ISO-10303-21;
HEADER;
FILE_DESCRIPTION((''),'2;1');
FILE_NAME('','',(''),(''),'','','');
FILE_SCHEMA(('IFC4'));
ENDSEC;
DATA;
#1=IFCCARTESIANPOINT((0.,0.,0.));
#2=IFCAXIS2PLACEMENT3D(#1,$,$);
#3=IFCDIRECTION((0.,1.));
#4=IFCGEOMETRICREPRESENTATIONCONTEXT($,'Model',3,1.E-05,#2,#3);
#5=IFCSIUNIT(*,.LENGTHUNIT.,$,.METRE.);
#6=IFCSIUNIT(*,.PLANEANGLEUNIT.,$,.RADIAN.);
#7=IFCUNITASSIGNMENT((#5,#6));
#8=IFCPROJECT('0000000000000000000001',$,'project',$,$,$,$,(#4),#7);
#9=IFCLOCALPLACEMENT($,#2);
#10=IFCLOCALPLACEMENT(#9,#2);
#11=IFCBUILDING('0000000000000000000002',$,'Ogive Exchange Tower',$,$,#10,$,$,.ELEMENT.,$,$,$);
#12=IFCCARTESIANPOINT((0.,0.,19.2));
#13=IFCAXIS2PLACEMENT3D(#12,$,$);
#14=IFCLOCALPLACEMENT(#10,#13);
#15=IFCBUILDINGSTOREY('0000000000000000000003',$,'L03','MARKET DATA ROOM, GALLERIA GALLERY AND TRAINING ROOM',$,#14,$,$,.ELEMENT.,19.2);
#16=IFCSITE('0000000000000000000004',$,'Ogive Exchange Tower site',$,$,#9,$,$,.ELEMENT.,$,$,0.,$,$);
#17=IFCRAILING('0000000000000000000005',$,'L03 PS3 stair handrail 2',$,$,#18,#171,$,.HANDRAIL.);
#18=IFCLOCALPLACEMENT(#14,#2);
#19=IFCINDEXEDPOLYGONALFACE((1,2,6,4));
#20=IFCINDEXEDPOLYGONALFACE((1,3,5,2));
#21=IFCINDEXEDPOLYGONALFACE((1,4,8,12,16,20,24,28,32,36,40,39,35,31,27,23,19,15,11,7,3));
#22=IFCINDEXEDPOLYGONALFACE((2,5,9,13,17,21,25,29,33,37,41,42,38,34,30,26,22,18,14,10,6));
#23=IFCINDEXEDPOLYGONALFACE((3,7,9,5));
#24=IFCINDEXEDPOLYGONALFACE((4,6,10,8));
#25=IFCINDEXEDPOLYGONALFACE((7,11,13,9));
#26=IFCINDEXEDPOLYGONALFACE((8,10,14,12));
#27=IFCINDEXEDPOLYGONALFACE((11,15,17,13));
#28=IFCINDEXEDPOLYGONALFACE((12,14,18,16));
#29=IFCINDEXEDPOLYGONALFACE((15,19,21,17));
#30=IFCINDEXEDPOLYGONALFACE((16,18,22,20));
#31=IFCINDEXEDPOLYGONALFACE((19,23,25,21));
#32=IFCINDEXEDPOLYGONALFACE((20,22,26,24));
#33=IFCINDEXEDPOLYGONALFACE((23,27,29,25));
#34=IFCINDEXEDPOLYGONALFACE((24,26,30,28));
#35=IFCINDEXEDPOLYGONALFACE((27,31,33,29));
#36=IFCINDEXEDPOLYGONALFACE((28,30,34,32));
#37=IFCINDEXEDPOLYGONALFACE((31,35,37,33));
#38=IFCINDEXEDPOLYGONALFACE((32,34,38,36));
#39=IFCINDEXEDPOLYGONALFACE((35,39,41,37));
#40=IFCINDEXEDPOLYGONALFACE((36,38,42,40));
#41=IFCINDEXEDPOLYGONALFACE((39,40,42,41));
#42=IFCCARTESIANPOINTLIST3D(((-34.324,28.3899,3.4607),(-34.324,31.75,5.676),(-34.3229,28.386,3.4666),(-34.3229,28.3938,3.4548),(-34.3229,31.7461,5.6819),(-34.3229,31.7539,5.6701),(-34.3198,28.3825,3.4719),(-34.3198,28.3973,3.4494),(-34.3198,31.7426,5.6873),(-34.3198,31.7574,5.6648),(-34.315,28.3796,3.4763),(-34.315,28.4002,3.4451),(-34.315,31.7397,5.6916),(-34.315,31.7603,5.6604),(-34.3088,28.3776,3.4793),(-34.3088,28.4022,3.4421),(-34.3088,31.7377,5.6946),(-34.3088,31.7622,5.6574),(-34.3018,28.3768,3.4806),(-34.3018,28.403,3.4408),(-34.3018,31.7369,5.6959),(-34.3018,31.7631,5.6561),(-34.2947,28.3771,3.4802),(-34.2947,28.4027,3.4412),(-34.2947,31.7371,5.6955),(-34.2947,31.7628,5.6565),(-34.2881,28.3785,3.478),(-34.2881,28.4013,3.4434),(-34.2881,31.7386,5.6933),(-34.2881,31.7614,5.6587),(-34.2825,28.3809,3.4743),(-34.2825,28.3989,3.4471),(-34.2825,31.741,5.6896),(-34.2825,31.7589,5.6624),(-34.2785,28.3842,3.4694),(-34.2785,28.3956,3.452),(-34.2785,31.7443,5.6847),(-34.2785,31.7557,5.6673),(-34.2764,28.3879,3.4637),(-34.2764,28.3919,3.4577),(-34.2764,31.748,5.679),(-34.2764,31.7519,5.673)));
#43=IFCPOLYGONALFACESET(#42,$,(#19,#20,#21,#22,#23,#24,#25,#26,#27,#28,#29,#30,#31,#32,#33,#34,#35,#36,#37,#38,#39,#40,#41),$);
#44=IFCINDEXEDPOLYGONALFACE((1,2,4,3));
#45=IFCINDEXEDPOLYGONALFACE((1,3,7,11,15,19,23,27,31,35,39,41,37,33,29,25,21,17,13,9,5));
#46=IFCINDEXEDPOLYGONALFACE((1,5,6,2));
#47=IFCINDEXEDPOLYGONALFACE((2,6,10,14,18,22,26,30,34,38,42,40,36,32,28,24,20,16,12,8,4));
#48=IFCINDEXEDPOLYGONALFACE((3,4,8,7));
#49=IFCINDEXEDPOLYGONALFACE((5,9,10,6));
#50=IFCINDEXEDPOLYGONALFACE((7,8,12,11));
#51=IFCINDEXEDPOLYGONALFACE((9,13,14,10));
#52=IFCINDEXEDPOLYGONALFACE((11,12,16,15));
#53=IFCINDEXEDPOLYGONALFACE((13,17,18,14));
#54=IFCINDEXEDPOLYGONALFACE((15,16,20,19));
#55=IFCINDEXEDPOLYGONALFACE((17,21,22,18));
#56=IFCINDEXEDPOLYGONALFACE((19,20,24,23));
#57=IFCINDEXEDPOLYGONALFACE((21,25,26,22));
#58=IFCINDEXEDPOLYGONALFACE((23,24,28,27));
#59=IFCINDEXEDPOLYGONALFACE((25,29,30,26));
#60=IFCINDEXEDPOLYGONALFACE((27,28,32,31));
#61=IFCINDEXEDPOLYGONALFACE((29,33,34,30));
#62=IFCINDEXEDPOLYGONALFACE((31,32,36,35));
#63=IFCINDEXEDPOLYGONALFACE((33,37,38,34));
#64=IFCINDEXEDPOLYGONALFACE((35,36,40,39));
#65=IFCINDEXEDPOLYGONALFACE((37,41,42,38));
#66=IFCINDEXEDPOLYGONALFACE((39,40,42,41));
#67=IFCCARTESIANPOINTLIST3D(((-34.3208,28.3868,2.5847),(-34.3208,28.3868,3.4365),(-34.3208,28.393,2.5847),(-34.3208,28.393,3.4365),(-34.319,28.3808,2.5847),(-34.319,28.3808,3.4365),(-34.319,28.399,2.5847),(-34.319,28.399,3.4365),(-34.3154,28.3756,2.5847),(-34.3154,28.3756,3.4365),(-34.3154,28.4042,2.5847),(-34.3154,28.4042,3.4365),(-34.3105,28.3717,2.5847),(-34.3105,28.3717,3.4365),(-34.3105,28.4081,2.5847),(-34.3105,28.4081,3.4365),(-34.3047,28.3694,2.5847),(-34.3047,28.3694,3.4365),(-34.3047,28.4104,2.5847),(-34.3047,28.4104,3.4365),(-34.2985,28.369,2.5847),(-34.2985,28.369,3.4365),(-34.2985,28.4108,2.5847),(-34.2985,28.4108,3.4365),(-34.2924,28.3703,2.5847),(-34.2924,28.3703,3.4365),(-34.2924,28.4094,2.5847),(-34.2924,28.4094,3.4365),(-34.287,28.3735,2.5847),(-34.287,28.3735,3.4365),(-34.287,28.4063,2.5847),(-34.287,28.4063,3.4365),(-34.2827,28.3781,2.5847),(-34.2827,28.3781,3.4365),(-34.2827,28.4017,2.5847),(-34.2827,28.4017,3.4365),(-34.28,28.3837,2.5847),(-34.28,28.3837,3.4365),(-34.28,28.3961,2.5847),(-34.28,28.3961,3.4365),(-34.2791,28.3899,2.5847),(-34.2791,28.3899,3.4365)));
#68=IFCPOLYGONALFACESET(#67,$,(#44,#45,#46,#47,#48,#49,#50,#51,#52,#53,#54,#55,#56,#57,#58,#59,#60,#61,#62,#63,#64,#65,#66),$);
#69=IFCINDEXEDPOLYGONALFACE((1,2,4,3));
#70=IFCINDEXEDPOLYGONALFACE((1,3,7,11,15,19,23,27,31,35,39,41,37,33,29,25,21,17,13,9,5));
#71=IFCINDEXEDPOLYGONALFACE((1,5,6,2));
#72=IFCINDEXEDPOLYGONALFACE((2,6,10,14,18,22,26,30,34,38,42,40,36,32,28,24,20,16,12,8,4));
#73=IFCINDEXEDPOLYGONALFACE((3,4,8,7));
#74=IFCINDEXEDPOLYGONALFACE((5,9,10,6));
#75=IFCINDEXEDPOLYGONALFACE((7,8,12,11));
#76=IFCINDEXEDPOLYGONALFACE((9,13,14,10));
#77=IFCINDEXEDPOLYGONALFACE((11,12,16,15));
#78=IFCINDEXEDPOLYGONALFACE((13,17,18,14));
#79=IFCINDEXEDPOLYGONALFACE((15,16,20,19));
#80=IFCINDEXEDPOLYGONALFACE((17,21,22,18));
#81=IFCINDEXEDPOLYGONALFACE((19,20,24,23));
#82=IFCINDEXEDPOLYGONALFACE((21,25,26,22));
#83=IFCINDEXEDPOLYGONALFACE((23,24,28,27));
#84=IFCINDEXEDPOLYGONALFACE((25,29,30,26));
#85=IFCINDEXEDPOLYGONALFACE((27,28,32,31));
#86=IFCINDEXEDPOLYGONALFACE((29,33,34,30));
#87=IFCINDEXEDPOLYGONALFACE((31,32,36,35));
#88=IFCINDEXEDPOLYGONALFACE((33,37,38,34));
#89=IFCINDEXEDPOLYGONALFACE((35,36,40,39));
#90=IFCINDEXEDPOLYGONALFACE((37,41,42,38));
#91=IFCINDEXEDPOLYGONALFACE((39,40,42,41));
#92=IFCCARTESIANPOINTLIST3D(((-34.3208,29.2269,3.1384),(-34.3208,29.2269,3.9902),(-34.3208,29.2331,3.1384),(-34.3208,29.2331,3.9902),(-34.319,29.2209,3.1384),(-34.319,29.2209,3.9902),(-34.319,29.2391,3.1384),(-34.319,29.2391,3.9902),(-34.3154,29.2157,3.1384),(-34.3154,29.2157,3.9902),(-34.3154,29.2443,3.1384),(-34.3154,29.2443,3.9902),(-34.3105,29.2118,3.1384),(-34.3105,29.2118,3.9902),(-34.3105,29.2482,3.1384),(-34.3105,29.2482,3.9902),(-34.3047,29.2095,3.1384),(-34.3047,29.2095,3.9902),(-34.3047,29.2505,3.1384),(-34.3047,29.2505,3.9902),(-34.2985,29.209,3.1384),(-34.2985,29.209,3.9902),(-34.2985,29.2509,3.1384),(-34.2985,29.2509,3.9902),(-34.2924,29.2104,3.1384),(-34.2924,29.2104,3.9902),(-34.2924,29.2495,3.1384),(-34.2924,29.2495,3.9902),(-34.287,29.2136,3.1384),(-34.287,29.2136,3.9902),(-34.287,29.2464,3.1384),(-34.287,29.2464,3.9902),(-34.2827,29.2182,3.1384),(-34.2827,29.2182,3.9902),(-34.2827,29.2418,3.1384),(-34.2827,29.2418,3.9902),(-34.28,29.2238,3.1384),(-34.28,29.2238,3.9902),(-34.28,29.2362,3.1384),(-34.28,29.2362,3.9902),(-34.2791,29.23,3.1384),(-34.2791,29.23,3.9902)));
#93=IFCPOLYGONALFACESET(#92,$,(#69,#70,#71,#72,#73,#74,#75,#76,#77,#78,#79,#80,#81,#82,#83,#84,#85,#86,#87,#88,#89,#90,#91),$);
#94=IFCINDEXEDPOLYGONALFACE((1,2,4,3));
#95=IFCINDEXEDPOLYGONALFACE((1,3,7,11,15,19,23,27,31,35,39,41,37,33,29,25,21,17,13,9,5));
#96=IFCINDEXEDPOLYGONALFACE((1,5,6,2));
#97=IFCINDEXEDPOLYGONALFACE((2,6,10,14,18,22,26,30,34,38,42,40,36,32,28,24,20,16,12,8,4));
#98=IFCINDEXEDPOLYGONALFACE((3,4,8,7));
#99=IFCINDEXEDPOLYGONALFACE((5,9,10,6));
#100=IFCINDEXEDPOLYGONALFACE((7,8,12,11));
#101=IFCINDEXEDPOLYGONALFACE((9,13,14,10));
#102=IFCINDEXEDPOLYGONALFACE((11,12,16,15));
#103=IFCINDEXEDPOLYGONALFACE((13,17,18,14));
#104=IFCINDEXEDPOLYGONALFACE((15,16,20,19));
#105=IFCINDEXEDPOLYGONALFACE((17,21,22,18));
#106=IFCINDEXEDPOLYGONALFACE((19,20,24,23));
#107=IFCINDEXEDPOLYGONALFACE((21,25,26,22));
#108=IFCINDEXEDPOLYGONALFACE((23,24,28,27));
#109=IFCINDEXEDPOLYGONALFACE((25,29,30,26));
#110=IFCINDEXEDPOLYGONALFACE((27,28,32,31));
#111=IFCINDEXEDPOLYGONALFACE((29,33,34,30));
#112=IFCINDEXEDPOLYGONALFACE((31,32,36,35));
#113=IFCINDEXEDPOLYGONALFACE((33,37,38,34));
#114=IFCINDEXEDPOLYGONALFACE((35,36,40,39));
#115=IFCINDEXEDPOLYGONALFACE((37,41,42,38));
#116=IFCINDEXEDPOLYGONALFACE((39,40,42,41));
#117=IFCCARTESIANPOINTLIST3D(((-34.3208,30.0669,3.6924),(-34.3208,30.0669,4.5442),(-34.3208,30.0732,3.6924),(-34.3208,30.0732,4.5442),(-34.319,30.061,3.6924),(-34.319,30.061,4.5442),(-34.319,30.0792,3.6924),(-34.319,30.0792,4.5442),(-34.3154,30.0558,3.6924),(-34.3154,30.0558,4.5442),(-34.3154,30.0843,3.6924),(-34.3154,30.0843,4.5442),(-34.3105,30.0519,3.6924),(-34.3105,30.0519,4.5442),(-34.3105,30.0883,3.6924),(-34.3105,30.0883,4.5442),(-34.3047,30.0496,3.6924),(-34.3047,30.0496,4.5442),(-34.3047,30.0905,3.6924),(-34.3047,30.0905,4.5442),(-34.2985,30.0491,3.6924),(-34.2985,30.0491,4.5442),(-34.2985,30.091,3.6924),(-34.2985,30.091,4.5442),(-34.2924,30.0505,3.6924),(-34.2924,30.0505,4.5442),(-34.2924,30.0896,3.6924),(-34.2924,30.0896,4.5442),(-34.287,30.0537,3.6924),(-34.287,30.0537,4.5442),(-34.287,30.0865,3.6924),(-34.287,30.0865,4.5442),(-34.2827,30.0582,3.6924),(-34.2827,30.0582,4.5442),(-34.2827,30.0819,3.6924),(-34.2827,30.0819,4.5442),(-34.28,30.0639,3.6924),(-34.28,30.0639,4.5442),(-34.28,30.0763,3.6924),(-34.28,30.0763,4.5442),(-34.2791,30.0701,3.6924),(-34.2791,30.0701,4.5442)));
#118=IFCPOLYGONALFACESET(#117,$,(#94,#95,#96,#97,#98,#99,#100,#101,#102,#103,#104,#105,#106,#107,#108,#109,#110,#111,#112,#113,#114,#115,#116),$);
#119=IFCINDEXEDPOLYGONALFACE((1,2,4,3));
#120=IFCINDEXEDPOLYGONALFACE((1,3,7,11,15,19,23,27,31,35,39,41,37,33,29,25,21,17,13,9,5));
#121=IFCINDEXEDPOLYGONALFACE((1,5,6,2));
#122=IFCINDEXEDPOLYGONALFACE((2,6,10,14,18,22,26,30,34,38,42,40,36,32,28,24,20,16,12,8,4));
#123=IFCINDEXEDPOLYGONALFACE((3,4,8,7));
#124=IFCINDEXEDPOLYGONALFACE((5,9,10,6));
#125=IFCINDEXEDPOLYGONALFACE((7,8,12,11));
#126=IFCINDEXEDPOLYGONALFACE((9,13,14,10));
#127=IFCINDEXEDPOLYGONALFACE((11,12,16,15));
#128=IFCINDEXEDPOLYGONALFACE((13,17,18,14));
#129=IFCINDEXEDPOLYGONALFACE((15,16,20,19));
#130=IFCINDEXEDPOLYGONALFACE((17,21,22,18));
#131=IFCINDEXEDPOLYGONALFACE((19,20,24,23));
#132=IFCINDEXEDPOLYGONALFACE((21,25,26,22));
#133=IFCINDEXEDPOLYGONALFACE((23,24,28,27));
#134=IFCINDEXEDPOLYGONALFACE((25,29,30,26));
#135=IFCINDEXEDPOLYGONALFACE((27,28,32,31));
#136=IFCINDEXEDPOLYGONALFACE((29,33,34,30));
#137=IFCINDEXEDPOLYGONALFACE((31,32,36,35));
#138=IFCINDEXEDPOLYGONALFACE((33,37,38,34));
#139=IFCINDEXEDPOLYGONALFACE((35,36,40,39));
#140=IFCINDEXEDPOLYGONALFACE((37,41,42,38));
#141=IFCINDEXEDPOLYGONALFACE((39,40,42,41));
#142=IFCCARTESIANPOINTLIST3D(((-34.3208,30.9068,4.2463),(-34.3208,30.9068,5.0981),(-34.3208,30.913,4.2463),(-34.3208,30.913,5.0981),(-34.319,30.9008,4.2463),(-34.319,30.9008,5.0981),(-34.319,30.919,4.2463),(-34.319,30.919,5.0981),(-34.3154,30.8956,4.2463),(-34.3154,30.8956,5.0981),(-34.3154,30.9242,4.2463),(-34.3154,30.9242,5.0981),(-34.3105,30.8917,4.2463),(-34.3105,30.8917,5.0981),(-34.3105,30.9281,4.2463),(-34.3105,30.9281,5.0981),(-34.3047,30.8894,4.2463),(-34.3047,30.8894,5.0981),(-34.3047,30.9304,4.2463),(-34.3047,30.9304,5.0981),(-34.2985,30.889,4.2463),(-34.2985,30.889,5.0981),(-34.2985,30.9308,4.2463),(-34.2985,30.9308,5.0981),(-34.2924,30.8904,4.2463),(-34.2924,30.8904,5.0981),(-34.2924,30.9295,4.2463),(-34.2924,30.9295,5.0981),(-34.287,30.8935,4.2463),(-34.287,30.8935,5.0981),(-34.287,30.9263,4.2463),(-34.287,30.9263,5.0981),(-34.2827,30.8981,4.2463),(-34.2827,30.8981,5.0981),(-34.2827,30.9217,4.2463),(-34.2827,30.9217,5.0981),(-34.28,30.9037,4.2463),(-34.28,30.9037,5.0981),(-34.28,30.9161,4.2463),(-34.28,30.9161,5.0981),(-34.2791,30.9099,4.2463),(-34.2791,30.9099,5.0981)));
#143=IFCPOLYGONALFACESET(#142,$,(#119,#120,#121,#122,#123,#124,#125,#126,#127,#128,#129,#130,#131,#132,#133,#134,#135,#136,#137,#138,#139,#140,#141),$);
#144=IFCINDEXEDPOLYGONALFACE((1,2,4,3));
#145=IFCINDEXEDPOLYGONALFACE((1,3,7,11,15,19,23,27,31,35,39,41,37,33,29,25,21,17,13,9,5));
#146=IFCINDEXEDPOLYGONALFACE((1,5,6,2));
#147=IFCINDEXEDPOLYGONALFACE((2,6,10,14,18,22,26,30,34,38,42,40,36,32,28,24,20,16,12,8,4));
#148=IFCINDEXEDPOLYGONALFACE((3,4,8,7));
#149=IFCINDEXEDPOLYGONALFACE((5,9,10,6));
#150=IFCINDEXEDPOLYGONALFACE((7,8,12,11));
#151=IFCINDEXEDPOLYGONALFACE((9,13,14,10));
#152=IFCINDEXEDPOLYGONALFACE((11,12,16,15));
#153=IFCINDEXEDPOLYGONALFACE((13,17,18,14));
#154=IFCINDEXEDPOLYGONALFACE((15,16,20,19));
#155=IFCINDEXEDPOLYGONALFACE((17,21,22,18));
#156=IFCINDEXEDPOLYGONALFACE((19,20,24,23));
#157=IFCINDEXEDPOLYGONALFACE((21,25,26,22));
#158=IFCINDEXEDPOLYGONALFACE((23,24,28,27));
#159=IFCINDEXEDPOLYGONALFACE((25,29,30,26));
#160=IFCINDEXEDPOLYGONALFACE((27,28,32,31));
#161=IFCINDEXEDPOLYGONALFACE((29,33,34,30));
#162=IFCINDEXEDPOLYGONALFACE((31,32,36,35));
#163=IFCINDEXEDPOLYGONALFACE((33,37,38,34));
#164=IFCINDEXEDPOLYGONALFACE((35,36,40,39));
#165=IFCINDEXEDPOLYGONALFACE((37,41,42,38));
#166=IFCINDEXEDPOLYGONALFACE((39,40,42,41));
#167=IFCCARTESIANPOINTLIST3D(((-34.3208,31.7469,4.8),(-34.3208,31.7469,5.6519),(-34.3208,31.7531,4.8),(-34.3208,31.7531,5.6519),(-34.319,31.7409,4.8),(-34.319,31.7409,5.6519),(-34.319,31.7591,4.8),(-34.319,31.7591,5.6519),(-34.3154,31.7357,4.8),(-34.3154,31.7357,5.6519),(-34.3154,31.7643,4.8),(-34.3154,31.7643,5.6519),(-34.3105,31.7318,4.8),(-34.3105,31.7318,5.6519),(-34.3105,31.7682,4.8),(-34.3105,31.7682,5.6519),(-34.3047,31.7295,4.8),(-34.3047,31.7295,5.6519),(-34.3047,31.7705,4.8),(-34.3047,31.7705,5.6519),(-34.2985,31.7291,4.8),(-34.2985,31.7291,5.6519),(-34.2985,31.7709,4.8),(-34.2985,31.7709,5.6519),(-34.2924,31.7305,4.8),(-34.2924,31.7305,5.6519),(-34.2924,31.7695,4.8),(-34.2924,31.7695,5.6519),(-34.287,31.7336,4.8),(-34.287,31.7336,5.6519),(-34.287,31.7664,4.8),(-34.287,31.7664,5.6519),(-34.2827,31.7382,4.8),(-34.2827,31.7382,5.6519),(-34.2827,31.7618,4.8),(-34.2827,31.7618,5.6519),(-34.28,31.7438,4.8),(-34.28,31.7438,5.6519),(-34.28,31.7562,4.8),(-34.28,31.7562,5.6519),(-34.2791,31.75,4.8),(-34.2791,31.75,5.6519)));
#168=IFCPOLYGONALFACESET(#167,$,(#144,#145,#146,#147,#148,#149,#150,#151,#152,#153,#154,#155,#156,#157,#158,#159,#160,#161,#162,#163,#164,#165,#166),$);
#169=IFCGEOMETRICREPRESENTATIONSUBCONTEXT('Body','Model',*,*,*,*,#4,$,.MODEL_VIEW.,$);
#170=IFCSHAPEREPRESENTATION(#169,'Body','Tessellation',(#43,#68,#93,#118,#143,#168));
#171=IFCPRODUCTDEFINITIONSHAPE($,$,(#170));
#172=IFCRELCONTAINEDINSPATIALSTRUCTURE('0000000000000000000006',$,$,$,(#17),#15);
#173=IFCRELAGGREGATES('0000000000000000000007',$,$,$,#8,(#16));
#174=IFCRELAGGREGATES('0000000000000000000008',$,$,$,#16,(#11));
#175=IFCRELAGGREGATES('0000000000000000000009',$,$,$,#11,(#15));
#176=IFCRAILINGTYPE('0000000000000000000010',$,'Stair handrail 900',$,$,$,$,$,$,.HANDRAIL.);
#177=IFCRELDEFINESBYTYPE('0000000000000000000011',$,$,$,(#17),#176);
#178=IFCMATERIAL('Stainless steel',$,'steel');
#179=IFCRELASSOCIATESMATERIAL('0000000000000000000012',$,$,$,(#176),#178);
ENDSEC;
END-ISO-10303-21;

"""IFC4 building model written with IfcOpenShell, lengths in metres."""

from ifc_helpers import new_model, si_unit, direction, frame, origin, origin_2d, place, context, subcontext, project, spatial, circle, extrude, material, type_object, element, save


model = new_model("IFC4")

# Units and contexts
model_context = context("Model", 3, precision=1e-05, world=origin(), true_north=direction((0.0, 1.0)))
body_context = subcontext(model_context, "Body", "Model", "MODEL_VIEW")
ifc_project = project(units=[si_unit("LENGTHUNIT", "METRE"), si_unit("PLANEANGLEUNIT", "RADIAN")], contexts=[model_context])

# Site, building, storey
site_placement = place(None, origin())
site = spatial("IfcSite", under=ifc_project, at=site_placement, Name="Ogive Exchange Tower site", CompositionType="ELEMENT", RefElevation=0.0)
building_placement = place(site_placement, origin())
building = spatial("IfcBuilding", under=site, at=building_placement, Name="Ogive Exchange Tower", CompositionType="ELEMENT")
storey_placement = place(building_placement, frame((0.0, 0.0, 19.2)))
storey = spatial("IfcBuildingStorey", under=building, at=storey_placement, Name="L03", Description="MARKET DATA ROOM, GALLERIA GALLERY AND TRAINING ROOM", CompositionType="ELEMENT", Elevation=19.2)

# Railing
ifc_material_1 = material(Name="Stainless steel", Category="steel")
railing_type = type_object("IfcRailingType", Name="Stair handrail 900", PredefinedType="HANDRAIL", material=ifc_material_1)
railing_1_placement = place(storey_placement, frame((-34.3, 28.3899, 2.5847)))
element("IfcRailing", 1, at=railing_1_placement, inside=storey, type_object=railing_type, Name="L03 PS3 stair handrail 2", PredefinedType="HANDRAIL", context=body_context, shape_type="SweptSolid", body=[
    extrude(circle(Radius=0.0239, at=origin_2d()), frame((0.0, 0.0, 0.876), z_axis=(0.0, 0.834876, 0.550437), x_axis=(-1.0, 0.0, 0.0)), (0.0, 0.0, 1.0), 4.0247),
    extrude(circle(Radius=0.021, at=origin_2d()), origin(), (0.0, 0.0, 1.0), 0.8518),
    extrude(circle(Radius=0.021, at=origin_2d()), frame((0.0, 0.8401, 0.5537)), (0.0, 0.0, 1.0), 0.8518),
    extrude(circle(Radius=0.021, at=origin_2d()), frame((0.0, 1.6802, 1.1077)), (0.0, 0.0, 1.0), 0.8518),
    extrude(circle(Radius=0.021, at=origin_2d()), frame((0.0, 2.52, 1.6616)), (0.0, 0.0, 1.0), 0.8518),
    extrude(circle(Radius=0.021, at=origin_2d()), frame((0.0, 3.3601, 2.2153)), (0.0, 0.0, 1.0), 0.8518),
])

save(model, "model.ifc")
